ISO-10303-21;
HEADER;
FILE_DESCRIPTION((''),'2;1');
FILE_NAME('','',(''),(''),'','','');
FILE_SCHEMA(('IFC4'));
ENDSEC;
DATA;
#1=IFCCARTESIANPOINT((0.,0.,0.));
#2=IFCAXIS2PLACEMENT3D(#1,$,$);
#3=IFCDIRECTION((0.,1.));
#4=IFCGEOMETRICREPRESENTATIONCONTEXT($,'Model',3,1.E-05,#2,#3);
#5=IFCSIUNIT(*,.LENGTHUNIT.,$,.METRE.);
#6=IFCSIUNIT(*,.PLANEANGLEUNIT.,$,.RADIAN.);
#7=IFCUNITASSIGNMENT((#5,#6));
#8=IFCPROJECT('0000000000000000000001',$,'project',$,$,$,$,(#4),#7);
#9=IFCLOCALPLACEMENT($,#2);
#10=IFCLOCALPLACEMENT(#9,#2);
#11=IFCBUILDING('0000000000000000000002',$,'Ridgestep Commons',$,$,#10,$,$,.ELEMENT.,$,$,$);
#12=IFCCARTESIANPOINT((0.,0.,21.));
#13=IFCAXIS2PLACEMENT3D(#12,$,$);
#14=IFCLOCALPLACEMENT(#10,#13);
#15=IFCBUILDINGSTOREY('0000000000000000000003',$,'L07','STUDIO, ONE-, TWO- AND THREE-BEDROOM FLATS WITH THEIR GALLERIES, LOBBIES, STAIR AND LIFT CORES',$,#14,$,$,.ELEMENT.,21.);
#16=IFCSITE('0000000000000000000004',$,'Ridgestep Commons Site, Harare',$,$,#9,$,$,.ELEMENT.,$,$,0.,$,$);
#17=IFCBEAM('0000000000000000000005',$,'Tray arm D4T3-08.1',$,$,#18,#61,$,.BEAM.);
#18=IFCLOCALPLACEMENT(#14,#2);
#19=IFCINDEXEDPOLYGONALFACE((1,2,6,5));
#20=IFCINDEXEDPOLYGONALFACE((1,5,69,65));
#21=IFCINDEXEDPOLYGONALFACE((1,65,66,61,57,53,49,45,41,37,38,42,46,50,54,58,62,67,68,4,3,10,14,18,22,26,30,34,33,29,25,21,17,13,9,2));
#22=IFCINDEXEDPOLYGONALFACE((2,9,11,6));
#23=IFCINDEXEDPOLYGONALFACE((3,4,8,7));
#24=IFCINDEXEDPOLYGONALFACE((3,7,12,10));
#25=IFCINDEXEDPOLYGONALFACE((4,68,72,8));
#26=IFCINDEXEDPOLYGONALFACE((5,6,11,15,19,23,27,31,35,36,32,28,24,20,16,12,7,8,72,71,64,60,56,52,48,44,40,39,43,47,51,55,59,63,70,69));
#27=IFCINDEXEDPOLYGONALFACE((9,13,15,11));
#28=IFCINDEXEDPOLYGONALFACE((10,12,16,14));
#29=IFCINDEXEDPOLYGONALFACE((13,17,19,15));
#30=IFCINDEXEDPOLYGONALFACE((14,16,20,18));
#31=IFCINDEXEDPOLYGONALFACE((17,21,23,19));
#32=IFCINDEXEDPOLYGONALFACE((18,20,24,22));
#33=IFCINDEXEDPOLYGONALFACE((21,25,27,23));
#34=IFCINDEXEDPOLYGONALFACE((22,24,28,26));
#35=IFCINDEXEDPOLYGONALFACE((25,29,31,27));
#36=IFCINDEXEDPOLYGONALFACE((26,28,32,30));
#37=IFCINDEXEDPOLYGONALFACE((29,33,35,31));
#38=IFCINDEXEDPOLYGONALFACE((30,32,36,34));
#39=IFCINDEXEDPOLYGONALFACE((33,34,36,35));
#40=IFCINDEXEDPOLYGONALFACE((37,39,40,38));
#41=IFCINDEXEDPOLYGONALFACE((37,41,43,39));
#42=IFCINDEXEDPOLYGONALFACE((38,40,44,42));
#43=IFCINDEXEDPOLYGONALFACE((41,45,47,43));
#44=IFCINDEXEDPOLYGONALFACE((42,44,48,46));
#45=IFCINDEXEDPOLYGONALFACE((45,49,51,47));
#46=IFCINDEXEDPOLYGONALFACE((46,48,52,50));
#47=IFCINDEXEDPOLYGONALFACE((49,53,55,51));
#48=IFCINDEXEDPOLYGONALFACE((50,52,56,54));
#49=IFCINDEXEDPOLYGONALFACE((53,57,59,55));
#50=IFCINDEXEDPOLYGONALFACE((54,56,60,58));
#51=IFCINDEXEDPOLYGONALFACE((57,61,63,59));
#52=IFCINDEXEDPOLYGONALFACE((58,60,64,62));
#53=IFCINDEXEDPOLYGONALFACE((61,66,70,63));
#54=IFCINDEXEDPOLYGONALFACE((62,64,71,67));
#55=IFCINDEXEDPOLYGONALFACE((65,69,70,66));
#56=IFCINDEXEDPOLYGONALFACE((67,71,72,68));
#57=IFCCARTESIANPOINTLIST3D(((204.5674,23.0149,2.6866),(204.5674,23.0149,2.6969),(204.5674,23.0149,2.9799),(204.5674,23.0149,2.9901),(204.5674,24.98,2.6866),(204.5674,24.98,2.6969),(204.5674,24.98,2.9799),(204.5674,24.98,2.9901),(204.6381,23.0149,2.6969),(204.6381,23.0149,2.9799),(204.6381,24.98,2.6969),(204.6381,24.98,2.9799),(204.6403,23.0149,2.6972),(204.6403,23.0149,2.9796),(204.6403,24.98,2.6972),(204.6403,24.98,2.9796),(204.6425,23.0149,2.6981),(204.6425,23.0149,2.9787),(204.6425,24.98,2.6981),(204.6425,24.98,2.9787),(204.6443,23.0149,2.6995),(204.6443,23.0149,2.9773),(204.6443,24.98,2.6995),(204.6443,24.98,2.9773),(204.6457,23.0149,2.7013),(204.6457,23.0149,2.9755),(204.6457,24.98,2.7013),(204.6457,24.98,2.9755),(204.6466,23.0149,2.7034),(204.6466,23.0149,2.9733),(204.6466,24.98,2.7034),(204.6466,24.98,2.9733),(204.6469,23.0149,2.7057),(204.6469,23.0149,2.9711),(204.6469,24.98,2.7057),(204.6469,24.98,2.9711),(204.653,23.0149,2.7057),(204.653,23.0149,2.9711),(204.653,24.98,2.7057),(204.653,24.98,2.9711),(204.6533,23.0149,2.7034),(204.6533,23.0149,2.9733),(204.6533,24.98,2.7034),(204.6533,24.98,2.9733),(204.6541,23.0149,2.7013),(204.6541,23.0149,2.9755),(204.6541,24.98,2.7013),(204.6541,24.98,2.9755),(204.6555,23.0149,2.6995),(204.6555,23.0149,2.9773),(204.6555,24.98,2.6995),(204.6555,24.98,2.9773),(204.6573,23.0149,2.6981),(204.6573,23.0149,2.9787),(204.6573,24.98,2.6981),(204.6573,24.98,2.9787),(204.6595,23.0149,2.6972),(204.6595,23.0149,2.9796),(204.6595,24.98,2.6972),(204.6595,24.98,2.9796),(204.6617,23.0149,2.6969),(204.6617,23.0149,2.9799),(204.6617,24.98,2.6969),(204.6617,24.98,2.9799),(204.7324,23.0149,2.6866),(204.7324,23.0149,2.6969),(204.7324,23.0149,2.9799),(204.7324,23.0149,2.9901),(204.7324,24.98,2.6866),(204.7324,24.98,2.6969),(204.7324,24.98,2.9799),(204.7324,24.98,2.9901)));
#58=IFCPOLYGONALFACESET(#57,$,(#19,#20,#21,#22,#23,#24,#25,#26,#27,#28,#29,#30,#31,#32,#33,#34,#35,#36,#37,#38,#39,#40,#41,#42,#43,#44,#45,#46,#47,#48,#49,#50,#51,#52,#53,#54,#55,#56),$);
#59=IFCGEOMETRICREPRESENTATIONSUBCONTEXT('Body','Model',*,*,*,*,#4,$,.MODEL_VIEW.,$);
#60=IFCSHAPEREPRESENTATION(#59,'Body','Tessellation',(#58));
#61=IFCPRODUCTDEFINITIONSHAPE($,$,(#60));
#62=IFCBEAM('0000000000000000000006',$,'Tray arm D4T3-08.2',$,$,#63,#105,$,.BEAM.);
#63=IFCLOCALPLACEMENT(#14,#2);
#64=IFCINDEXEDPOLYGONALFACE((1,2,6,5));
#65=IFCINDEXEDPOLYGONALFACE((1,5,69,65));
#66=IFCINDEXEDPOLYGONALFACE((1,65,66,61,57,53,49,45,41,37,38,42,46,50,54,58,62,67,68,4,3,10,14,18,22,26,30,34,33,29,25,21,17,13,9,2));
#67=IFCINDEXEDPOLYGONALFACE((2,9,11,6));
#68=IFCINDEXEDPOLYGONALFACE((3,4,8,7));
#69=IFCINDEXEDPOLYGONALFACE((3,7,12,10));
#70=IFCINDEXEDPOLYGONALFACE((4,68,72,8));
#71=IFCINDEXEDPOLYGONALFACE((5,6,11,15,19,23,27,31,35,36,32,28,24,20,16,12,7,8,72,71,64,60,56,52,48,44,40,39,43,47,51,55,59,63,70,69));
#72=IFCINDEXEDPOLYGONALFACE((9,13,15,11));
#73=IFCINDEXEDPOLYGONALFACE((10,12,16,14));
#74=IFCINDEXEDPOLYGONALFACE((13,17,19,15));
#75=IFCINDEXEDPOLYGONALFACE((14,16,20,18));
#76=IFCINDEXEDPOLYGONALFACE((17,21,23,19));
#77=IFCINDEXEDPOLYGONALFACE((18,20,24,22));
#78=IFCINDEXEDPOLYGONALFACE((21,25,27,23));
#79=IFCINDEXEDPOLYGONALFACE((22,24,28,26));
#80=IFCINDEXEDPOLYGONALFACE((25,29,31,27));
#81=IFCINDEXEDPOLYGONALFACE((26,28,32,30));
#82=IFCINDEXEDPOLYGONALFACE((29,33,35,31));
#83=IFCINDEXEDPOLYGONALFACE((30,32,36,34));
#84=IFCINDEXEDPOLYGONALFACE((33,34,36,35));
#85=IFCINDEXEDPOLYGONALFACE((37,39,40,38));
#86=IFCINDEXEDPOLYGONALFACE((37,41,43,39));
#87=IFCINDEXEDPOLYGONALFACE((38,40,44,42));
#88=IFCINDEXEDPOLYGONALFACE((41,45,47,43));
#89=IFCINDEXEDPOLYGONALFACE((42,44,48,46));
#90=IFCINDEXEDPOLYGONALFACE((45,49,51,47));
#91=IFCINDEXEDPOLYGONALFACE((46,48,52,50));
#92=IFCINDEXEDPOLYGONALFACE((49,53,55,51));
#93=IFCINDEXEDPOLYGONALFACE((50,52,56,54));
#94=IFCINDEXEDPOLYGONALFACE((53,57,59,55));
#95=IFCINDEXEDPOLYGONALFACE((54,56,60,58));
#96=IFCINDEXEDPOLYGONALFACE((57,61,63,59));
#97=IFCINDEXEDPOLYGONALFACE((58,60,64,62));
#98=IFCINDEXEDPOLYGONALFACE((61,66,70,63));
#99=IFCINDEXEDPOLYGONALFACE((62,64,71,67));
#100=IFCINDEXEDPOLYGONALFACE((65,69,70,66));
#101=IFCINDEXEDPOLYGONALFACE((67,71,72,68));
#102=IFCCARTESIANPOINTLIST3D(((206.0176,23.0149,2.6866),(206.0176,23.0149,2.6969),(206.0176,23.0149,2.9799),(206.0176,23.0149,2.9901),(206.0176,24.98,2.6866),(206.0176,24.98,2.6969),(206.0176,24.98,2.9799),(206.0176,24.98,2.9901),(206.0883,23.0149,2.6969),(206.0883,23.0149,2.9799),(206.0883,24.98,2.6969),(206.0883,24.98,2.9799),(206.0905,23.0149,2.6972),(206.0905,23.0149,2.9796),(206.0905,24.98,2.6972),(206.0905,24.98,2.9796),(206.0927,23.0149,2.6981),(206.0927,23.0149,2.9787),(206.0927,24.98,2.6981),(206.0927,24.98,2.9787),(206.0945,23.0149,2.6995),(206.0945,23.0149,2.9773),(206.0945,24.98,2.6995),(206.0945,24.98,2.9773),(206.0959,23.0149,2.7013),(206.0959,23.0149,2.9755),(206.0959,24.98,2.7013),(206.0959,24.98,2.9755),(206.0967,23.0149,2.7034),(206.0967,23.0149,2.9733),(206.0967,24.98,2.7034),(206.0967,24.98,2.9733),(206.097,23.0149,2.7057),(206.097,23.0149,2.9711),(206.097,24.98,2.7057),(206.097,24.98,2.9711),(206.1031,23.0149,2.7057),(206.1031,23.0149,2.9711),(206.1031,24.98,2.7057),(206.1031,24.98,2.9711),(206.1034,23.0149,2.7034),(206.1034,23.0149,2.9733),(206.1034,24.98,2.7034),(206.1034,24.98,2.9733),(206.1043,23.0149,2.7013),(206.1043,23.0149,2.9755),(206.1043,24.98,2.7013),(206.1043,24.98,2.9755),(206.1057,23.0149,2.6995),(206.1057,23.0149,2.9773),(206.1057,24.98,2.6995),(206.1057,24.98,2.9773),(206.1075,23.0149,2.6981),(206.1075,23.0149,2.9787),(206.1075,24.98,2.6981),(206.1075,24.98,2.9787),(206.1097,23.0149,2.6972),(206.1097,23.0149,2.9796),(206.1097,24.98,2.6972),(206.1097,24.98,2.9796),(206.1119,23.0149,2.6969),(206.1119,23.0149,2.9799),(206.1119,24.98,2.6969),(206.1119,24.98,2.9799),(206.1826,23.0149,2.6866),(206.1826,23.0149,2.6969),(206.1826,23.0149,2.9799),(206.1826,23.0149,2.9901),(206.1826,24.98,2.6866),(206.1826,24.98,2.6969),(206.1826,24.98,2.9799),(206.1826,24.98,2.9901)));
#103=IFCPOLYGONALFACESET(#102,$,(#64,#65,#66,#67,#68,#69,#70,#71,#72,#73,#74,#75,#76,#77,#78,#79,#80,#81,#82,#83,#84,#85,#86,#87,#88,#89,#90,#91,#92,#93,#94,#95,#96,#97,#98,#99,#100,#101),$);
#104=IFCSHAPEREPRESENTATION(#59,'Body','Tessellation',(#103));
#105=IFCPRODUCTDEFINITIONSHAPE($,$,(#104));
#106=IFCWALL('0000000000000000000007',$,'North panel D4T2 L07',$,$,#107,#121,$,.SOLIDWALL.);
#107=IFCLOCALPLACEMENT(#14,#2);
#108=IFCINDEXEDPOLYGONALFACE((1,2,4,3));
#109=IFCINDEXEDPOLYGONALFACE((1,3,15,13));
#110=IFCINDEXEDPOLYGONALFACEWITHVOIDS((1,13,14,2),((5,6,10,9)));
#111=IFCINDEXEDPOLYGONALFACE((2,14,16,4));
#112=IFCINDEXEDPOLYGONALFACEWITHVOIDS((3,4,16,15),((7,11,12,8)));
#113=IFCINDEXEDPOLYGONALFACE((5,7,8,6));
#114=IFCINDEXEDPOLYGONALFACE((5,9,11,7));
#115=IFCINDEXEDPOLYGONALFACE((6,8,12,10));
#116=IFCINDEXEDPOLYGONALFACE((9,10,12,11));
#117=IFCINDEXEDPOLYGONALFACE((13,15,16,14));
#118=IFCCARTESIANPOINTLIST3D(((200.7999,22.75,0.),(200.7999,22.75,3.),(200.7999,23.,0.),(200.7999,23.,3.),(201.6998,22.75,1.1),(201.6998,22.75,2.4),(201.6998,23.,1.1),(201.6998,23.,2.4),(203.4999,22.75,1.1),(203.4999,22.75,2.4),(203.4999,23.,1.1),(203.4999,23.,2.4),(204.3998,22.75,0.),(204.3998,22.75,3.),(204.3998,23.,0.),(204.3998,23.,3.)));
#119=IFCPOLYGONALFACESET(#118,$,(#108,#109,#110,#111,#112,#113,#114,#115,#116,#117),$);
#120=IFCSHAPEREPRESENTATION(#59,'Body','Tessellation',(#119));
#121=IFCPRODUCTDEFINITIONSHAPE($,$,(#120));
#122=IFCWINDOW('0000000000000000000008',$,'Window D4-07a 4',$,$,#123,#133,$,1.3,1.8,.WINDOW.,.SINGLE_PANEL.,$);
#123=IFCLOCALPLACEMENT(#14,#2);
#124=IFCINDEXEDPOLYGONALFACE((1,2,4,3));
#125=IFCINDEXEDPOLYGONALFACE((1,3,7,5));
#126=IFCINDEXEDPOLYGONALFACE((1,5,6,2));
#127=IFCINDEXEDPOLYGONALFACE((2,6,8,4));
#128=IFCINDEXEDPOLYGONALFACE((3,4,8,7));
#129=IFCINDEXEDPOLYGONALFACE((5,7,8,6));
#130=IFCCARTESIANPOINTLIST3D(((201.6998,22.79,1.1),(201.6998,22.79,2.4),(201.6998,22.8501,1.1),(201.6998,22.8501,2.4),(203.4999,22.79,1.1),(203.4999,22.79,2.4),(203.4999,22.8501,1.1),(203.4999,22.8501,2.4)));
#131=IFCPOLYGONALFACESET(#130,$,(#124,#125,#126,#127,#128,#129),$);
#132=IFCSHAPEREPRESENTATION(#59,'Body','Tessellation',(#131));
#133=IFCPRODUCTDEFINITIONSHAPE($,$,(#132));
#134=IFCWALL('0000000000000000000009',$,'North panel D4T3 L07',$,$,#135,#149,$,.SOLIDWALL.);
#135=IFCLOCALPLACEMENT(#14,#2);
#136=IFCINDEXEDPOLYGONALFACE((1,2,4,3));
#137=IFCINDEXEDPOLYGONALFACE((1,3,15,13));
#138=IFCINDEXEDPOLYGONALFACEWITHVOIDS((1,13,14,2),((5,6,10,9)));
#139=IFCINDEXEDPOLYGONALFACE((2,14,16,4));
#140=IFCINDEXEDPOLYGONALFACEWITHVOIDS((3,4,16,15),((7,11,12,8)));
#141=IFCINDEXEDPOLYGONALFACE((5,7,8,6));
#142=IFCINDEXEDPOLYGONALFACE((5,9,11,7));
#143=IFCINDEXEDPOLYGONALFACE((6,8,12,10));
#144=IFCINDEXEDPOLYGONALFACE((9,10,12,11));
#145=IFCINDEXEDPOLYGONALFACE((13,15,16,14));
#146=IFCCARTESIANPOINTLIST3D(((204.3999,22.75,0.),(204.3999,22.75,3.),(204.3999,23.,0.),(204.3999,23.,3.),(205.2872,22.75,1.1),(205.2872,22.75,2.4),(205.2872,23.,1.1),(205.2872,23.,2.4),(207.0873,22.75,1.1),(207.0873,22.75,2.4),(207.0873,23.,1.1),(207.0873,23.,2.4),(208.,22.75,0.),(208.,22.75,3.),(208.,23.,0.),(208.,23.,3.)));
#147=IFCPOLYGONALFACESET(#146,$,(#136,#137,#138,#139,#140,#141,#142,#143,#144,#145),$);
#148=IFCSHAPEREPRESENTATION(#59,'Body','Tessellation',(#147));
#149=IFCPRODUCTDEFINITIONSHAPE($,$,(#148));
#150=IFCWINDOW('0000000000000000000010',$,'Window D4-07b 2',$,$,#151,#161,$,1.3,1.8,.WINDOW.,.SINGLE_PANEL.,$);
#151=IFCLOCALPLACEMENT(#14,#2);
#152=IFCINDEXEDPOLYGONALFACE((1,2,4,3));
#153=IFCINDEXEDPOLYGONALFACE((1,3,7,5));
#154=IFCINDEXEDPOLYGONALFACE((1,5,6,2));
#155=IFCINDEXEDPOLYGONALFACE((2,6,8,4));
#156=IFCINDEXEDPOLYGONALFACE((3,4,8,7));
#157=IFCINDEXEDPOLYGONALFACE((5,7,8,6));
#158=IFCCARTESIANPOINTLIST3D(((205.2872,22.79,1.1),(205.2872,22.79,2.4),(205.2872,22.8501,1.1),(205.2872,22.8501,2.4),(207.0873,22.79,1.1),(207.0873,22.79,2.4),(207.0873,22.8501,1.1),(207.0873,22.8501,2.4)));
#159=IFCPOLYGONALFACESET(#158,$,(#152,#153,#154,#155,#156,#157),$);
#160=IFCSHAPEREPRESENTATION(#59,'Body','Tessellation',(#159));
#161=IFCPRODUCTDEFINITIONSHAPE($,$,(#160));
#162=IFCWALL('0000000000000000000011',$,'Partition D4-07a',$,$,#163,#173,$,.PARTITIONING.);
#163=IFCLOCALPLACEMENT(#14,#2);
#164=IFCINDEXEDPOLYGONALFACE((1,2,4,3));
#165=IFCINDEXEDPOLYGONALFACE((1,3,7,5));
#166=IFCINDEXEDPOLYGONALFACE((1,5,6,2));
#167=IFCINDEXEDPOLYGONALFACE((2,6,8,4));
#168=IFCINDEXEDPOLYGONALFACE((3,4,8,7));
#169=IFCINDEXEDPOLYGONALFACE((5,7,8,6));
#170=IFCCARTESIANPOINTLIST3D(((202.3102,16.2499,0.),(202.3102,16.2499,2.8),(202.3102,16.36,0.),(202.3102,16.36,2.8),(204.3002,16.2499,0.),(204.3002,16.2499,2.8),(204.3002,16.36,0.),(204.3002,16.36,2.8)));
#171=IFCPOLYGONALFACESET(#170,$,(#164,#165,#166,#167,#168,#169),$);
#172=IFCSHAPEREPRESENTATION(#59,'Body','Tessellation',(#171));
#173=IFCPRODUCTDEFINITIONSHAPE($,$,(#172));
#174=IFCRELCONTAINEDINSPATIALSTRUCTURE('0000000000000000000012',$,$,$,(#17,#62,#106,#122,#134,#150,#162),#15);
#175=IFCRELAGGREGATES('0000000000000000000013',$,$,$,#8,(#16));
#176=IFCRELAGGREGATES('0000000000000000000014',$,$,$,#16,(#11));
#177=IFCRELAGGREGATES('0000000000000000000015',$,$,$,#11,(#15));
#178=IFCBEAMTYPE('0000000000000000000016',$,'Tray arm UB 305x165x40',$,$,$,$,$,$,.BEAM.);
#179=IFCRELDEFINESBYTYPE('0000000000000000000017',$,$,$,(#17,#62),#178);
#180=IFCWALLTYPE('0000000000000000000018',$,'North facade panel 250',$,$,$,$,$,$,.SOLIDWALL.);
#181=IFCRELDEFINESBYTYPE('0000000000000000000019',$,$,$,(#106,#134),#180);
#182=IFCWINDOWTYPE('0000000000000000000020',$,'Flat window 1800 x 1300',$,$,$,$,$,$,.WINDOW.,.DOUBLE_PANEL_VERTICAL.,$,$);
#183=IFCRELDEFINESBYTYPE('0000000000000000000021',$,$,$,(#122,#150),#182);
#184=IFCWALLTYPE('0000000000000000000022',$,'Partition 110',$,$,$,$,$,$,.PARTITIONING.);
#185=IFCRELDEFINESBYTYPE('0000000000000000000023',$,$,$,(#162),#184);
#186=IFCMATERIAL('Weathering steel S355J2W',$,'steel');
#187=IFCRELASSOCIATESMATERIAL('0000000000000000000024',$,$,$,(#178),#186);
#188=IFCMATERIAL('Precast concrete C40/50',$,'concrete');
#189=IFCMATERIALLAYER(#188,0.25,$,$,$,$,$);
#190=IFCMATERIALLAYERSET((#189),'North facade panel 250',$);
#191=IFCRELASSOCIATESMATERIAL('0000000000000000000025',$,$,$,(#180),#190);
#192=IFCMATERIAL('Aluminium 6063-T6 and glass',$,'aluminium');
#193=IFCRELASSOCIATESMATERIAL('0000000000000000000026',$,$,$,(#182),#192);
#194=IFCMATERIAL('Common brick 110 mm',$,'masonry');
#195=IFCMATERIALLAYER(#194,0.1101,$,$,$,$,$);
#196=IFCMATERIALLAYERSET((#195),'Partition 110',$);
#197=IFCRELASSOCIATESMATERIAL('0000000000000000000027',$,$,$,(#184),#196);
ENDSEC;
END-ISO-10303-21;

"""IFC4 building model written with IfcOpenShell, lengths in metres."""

from ifc_helpers import new_model, si_unit, direction, frame, frame_2d, origin, origin_2d, place, context, subcontext, project, spatial, rectangle, i_section, extrude, material, layer, layer_set, material_profile, profile_set, type_object, element, fill, save


model = new_model("IFC4")

# Units and contexts
model_context = context("Model", 3, precision=1e-05, world=origin(), true_north=direction((0.0, 1.0)))
body_context = subcontext(model_context, "Body", "Model", "MODEL_VIEW")
ifc_project = project(units=[si_unit("LENGTHUNIT", "METRE"), si_unit("PLANEANGLEUNIT", "RADIAN")], contexts=[model_context])

# Site, building, storey
site_placement = place(None, origin())
site = spatial("IfcSite", under=ifc_project, at=site_placement, Name="Ridgestep Commons Site, Harare", CompositionType="ELEMENT", RefElevation=0.0)
building_placement = place(site_placement, origin())
building = spatial("IfcBuilding", under=site, at=building_placement, Name="Ridgestep Commons", CompositionType="ELEMENT")
storey_placement = place(building_placement, frame((0.0, 0.0, 21.0)))
storey = spatial("IfcBuildingStorey", under=building, at=storey_placement, Name="L07", Description="STUDIO, ONE-, TWO- AND THREE-BEDROOM FLATS WITH THEIR GALLERIES, LOBBIES, STAIR AND LIFT CORES", CompositionType="ELEMENT", Elevation=21.0)

# Beams
ifc_material_1 = material(Name="Weathering steel S355J2W", Category="steel")
ifc_material_profile = material_profile(ifc_material_1, i_section(OverallWidth=0.165, OverallDepth=0.3035, WebThickness=0.0061, FlangeThickness=0.0103, FilletRadius=0.0088, at=origin_2d()), Name="UB 305x165x40")
ifc_profile_set = profile_set([ifc_material_profile], Name="Weathering steel S355J2W")
beam_type = type_object("IfcBeamType", Name="Tray arm UB 305x165x40", PredefinedType="BEAM", material=ifc_profile_set)
for number, where, z_axis, x_axis, name in (
    (1, (204.6499, 23.0149, 2.8384), (0.0, 1.0, 0.0), (-1.0, 0.0, 0.0), "Tray arm D4T3-08.1"),
    (2, (206.1001, 23.0149, 2.8384), (0.0, 1.0, 0.0), (-1.0, 0.0, 0.0), "Tray arm D4T3-08.2"),
):
    element("IfcBeam", number, at=place(storey_placement, frame(where, z_axis=z_axis, x_axis=x_axis)), inside=storey, type_object=beam_type, Name=name, PredefinedType="BEAM", context=body_context, shape_type="SweptSolid", body=[
        extrude(i_section(OverallWidth=0.165, OverallDepth=0.3035, WebThickness=0.0061, FlangeThickness=0.0103, FilletRadius=0.0088, at=origin_2d()), origin(), (0.0, 0.0, 1.0), 1.9651),
    ])

# Walls, openings, windows
ifc_material_2 = material(Name="Precast concrete C40/50", Category="concrete")
ifc_layer_1 = layer(ifc_material_2, 0.25)
ifc_layer_set_1 = layer_set([ifc_layer_1], Name="North facade panel 250")
wall_type_1 = type_object("IfcWallType", Name="North facade panel 250", PredefinedType="SOLIDWALL", material=ifc_layer_set_1)
wall_1_placement = place(storey_placement, frame((200.8, 22.875, 0.0), z_axis=(0.0, 0.0, 1.0), x_axis=(1.0, 0.0, 0.0)))
wall_1 = element("IfcWall", 3, at=wall_1_placement, inside=storey, type_object=wall_type_1, Name="North panel D4T2 L07", PredefinedType="SOLIDWALL", context=body_context, shape_type="SweptSolid", body=[
    extrude(rectangle(XDim=3.5999, YDim=0.25, at=frame_2d((1.7998, 0.0))), origin(), (0.0, 0.0, 1.0), 3.0),
])
opening_1_placement = place(wall_1_placement, frame((0.8999, 0.0, 1.1001)))
opening_1 = element("IfcOpeningElement", 4, at=opening_1_placement, cuts=wall_1, PredefinedType="OPENING", context=body_context, shape_type="SweptSolid", body=[
    extrude(rectangle(XDim=1.8, YDim=1.3, at=frame_2d((0.8999, 0.6499))), frame((0.0, 0.135, 0.0), z_axis=(0.0, -1.0, 0.0), x_axis=(1.0, 0.0, 0.0)), (0.0, 0.0, 1.0), 0.27),
])
ifc_material_3 = material(Name="Aluminium 6063-T6 and glass", Category="aluminium")
window_type = type_object("IfcWindowType", Name="Flat window 1800 x 1300", PartitioningType="DOUBLE_PANEL_VERTICAL", PredefinedType="WINDOW", material=ifc_material_3)
window_1_placement = place(opening_1_placement, origin())
window_1 = element("IfcWindow", 5, at=window_1_placement, inside=storey, type_object=window_type, Name="Window D4-07a 4", OverallHeight=1.3, OverallWidth=1.8, PartitioningType="SINGLE_PANEL", PredefinedType="WINDOW", context=body_context, shape_type="SweptSolid", body=[
    extrude(rectangle(XDim=1.8, YDim=1.3, at=frame_2d((0.8999, 0.6499))), frame((0.0, -0.0249, 0.0), z_axis=(0.0, -1.0, 0.0), x_axis=(1.0, 0.0, 0.0)), (0.0, 0.0, 1.0), 0.0601),
])
fill(opening_1, window_1)
wall_2_placement = place(storey_placement, frame((204.3999, 22.875, 0.0), z_axis=(0.0, 0.0, 1.0), x_axis=(1.0, 0.0, 0.0)))
wall_2 = element("IfcWall", 6, at=wall_2_placement, inside=storey, type_object=wall_type_1, Name="North panel D4T3 L07", PredefinedType="SOLIDWALL", context=body_context, shape_type="SweptSolid", body=[
    extrude(rectangle(XDim=3.6001, YDim=0.25, at=frame_2d((1.8, 0.0))), origin(), (0.0, 0.0, 1.0), 3.0),
])
opening_2_placement = place(wall_2_placement, frame((0.8875, 0.0, 1.1001)))
opening_2 = element("IfcOpeningElement", 7, at=opening_2_placement, cuts=wall_2, PredefinedType="OPENING", context=body_context, shape_type="SweptSolid", body=[
    extrude(rectangle(XDim=1.8, YDim=1.3, at=frame_2d((0.8999, 0.6499))), frame((0.0, 0.135, 0.0), z_axis=(0.0, -1.0, 0.0), x_axis=(1.0, 0.0, 0.0)), (0.0, 0.0, 1.0), 0.27),
])
window_2_placement = place(opening_2_placement, origin())
window_2 = element("IfcWindow", 8, at=window_2_placement, inside=storey, type_object=window_type, Name="Window D4-07b 2", OverallHeight=1.3, OverallWidth=1.8, PartitioningType="SINGLE_PANEL", PredefinedType="WINDOW", context=body_context, shape_type="SweptSolid", body=[
    extrude(rectangle(XDim=1.8, YDim=1.3, at=frame_2d((0.8999, 0.6499))), frame((0.0, -0.0249, 0.0), z_axis=(0.0, -1.0, 0.0), x_axis=(1.0, 0.0, 0.0)), (0.0, 0.0, 1.0), 0.0601),
])
fill(opening_2, window_2)

# Wall
ifc_material_4 = material(Name="Common brick 110 mm", Category="masonry")
ifc_layer_2 = layer(ifc_material_4, 0.1101)
ifc_layer_set_2 = layer_set([ifc_layer_2], Name="Partition 110")
wall_type_2 = type_object("IfcWallType", Name="Partition 110", PredefinedType="PARTITIONING", material=ifc_layer_set_2)
wall_3_placement = place(storey_placement, frame((202.3101, 16.3049, 0.0), z_axis=(0.0, 0.0, 1.0), x_axis=(1.0, 0.0, 0.0)))
element("IfcWall", 9, at=wall_3_placement, inside=storey, type_object=wall_type_2, Name="Partition D4-07a", PredefinedType="PARTITIONING", context=body_context, shape_type="SweptSolid", body=[
    extrude(rectangle(XDim=1.99, YDim=0.1101, at=frame_2d((0.9951, 0.0))), origin(), (0.0, 0.0, 1.0), 2.8),
])

save(model, "model.ifc")
